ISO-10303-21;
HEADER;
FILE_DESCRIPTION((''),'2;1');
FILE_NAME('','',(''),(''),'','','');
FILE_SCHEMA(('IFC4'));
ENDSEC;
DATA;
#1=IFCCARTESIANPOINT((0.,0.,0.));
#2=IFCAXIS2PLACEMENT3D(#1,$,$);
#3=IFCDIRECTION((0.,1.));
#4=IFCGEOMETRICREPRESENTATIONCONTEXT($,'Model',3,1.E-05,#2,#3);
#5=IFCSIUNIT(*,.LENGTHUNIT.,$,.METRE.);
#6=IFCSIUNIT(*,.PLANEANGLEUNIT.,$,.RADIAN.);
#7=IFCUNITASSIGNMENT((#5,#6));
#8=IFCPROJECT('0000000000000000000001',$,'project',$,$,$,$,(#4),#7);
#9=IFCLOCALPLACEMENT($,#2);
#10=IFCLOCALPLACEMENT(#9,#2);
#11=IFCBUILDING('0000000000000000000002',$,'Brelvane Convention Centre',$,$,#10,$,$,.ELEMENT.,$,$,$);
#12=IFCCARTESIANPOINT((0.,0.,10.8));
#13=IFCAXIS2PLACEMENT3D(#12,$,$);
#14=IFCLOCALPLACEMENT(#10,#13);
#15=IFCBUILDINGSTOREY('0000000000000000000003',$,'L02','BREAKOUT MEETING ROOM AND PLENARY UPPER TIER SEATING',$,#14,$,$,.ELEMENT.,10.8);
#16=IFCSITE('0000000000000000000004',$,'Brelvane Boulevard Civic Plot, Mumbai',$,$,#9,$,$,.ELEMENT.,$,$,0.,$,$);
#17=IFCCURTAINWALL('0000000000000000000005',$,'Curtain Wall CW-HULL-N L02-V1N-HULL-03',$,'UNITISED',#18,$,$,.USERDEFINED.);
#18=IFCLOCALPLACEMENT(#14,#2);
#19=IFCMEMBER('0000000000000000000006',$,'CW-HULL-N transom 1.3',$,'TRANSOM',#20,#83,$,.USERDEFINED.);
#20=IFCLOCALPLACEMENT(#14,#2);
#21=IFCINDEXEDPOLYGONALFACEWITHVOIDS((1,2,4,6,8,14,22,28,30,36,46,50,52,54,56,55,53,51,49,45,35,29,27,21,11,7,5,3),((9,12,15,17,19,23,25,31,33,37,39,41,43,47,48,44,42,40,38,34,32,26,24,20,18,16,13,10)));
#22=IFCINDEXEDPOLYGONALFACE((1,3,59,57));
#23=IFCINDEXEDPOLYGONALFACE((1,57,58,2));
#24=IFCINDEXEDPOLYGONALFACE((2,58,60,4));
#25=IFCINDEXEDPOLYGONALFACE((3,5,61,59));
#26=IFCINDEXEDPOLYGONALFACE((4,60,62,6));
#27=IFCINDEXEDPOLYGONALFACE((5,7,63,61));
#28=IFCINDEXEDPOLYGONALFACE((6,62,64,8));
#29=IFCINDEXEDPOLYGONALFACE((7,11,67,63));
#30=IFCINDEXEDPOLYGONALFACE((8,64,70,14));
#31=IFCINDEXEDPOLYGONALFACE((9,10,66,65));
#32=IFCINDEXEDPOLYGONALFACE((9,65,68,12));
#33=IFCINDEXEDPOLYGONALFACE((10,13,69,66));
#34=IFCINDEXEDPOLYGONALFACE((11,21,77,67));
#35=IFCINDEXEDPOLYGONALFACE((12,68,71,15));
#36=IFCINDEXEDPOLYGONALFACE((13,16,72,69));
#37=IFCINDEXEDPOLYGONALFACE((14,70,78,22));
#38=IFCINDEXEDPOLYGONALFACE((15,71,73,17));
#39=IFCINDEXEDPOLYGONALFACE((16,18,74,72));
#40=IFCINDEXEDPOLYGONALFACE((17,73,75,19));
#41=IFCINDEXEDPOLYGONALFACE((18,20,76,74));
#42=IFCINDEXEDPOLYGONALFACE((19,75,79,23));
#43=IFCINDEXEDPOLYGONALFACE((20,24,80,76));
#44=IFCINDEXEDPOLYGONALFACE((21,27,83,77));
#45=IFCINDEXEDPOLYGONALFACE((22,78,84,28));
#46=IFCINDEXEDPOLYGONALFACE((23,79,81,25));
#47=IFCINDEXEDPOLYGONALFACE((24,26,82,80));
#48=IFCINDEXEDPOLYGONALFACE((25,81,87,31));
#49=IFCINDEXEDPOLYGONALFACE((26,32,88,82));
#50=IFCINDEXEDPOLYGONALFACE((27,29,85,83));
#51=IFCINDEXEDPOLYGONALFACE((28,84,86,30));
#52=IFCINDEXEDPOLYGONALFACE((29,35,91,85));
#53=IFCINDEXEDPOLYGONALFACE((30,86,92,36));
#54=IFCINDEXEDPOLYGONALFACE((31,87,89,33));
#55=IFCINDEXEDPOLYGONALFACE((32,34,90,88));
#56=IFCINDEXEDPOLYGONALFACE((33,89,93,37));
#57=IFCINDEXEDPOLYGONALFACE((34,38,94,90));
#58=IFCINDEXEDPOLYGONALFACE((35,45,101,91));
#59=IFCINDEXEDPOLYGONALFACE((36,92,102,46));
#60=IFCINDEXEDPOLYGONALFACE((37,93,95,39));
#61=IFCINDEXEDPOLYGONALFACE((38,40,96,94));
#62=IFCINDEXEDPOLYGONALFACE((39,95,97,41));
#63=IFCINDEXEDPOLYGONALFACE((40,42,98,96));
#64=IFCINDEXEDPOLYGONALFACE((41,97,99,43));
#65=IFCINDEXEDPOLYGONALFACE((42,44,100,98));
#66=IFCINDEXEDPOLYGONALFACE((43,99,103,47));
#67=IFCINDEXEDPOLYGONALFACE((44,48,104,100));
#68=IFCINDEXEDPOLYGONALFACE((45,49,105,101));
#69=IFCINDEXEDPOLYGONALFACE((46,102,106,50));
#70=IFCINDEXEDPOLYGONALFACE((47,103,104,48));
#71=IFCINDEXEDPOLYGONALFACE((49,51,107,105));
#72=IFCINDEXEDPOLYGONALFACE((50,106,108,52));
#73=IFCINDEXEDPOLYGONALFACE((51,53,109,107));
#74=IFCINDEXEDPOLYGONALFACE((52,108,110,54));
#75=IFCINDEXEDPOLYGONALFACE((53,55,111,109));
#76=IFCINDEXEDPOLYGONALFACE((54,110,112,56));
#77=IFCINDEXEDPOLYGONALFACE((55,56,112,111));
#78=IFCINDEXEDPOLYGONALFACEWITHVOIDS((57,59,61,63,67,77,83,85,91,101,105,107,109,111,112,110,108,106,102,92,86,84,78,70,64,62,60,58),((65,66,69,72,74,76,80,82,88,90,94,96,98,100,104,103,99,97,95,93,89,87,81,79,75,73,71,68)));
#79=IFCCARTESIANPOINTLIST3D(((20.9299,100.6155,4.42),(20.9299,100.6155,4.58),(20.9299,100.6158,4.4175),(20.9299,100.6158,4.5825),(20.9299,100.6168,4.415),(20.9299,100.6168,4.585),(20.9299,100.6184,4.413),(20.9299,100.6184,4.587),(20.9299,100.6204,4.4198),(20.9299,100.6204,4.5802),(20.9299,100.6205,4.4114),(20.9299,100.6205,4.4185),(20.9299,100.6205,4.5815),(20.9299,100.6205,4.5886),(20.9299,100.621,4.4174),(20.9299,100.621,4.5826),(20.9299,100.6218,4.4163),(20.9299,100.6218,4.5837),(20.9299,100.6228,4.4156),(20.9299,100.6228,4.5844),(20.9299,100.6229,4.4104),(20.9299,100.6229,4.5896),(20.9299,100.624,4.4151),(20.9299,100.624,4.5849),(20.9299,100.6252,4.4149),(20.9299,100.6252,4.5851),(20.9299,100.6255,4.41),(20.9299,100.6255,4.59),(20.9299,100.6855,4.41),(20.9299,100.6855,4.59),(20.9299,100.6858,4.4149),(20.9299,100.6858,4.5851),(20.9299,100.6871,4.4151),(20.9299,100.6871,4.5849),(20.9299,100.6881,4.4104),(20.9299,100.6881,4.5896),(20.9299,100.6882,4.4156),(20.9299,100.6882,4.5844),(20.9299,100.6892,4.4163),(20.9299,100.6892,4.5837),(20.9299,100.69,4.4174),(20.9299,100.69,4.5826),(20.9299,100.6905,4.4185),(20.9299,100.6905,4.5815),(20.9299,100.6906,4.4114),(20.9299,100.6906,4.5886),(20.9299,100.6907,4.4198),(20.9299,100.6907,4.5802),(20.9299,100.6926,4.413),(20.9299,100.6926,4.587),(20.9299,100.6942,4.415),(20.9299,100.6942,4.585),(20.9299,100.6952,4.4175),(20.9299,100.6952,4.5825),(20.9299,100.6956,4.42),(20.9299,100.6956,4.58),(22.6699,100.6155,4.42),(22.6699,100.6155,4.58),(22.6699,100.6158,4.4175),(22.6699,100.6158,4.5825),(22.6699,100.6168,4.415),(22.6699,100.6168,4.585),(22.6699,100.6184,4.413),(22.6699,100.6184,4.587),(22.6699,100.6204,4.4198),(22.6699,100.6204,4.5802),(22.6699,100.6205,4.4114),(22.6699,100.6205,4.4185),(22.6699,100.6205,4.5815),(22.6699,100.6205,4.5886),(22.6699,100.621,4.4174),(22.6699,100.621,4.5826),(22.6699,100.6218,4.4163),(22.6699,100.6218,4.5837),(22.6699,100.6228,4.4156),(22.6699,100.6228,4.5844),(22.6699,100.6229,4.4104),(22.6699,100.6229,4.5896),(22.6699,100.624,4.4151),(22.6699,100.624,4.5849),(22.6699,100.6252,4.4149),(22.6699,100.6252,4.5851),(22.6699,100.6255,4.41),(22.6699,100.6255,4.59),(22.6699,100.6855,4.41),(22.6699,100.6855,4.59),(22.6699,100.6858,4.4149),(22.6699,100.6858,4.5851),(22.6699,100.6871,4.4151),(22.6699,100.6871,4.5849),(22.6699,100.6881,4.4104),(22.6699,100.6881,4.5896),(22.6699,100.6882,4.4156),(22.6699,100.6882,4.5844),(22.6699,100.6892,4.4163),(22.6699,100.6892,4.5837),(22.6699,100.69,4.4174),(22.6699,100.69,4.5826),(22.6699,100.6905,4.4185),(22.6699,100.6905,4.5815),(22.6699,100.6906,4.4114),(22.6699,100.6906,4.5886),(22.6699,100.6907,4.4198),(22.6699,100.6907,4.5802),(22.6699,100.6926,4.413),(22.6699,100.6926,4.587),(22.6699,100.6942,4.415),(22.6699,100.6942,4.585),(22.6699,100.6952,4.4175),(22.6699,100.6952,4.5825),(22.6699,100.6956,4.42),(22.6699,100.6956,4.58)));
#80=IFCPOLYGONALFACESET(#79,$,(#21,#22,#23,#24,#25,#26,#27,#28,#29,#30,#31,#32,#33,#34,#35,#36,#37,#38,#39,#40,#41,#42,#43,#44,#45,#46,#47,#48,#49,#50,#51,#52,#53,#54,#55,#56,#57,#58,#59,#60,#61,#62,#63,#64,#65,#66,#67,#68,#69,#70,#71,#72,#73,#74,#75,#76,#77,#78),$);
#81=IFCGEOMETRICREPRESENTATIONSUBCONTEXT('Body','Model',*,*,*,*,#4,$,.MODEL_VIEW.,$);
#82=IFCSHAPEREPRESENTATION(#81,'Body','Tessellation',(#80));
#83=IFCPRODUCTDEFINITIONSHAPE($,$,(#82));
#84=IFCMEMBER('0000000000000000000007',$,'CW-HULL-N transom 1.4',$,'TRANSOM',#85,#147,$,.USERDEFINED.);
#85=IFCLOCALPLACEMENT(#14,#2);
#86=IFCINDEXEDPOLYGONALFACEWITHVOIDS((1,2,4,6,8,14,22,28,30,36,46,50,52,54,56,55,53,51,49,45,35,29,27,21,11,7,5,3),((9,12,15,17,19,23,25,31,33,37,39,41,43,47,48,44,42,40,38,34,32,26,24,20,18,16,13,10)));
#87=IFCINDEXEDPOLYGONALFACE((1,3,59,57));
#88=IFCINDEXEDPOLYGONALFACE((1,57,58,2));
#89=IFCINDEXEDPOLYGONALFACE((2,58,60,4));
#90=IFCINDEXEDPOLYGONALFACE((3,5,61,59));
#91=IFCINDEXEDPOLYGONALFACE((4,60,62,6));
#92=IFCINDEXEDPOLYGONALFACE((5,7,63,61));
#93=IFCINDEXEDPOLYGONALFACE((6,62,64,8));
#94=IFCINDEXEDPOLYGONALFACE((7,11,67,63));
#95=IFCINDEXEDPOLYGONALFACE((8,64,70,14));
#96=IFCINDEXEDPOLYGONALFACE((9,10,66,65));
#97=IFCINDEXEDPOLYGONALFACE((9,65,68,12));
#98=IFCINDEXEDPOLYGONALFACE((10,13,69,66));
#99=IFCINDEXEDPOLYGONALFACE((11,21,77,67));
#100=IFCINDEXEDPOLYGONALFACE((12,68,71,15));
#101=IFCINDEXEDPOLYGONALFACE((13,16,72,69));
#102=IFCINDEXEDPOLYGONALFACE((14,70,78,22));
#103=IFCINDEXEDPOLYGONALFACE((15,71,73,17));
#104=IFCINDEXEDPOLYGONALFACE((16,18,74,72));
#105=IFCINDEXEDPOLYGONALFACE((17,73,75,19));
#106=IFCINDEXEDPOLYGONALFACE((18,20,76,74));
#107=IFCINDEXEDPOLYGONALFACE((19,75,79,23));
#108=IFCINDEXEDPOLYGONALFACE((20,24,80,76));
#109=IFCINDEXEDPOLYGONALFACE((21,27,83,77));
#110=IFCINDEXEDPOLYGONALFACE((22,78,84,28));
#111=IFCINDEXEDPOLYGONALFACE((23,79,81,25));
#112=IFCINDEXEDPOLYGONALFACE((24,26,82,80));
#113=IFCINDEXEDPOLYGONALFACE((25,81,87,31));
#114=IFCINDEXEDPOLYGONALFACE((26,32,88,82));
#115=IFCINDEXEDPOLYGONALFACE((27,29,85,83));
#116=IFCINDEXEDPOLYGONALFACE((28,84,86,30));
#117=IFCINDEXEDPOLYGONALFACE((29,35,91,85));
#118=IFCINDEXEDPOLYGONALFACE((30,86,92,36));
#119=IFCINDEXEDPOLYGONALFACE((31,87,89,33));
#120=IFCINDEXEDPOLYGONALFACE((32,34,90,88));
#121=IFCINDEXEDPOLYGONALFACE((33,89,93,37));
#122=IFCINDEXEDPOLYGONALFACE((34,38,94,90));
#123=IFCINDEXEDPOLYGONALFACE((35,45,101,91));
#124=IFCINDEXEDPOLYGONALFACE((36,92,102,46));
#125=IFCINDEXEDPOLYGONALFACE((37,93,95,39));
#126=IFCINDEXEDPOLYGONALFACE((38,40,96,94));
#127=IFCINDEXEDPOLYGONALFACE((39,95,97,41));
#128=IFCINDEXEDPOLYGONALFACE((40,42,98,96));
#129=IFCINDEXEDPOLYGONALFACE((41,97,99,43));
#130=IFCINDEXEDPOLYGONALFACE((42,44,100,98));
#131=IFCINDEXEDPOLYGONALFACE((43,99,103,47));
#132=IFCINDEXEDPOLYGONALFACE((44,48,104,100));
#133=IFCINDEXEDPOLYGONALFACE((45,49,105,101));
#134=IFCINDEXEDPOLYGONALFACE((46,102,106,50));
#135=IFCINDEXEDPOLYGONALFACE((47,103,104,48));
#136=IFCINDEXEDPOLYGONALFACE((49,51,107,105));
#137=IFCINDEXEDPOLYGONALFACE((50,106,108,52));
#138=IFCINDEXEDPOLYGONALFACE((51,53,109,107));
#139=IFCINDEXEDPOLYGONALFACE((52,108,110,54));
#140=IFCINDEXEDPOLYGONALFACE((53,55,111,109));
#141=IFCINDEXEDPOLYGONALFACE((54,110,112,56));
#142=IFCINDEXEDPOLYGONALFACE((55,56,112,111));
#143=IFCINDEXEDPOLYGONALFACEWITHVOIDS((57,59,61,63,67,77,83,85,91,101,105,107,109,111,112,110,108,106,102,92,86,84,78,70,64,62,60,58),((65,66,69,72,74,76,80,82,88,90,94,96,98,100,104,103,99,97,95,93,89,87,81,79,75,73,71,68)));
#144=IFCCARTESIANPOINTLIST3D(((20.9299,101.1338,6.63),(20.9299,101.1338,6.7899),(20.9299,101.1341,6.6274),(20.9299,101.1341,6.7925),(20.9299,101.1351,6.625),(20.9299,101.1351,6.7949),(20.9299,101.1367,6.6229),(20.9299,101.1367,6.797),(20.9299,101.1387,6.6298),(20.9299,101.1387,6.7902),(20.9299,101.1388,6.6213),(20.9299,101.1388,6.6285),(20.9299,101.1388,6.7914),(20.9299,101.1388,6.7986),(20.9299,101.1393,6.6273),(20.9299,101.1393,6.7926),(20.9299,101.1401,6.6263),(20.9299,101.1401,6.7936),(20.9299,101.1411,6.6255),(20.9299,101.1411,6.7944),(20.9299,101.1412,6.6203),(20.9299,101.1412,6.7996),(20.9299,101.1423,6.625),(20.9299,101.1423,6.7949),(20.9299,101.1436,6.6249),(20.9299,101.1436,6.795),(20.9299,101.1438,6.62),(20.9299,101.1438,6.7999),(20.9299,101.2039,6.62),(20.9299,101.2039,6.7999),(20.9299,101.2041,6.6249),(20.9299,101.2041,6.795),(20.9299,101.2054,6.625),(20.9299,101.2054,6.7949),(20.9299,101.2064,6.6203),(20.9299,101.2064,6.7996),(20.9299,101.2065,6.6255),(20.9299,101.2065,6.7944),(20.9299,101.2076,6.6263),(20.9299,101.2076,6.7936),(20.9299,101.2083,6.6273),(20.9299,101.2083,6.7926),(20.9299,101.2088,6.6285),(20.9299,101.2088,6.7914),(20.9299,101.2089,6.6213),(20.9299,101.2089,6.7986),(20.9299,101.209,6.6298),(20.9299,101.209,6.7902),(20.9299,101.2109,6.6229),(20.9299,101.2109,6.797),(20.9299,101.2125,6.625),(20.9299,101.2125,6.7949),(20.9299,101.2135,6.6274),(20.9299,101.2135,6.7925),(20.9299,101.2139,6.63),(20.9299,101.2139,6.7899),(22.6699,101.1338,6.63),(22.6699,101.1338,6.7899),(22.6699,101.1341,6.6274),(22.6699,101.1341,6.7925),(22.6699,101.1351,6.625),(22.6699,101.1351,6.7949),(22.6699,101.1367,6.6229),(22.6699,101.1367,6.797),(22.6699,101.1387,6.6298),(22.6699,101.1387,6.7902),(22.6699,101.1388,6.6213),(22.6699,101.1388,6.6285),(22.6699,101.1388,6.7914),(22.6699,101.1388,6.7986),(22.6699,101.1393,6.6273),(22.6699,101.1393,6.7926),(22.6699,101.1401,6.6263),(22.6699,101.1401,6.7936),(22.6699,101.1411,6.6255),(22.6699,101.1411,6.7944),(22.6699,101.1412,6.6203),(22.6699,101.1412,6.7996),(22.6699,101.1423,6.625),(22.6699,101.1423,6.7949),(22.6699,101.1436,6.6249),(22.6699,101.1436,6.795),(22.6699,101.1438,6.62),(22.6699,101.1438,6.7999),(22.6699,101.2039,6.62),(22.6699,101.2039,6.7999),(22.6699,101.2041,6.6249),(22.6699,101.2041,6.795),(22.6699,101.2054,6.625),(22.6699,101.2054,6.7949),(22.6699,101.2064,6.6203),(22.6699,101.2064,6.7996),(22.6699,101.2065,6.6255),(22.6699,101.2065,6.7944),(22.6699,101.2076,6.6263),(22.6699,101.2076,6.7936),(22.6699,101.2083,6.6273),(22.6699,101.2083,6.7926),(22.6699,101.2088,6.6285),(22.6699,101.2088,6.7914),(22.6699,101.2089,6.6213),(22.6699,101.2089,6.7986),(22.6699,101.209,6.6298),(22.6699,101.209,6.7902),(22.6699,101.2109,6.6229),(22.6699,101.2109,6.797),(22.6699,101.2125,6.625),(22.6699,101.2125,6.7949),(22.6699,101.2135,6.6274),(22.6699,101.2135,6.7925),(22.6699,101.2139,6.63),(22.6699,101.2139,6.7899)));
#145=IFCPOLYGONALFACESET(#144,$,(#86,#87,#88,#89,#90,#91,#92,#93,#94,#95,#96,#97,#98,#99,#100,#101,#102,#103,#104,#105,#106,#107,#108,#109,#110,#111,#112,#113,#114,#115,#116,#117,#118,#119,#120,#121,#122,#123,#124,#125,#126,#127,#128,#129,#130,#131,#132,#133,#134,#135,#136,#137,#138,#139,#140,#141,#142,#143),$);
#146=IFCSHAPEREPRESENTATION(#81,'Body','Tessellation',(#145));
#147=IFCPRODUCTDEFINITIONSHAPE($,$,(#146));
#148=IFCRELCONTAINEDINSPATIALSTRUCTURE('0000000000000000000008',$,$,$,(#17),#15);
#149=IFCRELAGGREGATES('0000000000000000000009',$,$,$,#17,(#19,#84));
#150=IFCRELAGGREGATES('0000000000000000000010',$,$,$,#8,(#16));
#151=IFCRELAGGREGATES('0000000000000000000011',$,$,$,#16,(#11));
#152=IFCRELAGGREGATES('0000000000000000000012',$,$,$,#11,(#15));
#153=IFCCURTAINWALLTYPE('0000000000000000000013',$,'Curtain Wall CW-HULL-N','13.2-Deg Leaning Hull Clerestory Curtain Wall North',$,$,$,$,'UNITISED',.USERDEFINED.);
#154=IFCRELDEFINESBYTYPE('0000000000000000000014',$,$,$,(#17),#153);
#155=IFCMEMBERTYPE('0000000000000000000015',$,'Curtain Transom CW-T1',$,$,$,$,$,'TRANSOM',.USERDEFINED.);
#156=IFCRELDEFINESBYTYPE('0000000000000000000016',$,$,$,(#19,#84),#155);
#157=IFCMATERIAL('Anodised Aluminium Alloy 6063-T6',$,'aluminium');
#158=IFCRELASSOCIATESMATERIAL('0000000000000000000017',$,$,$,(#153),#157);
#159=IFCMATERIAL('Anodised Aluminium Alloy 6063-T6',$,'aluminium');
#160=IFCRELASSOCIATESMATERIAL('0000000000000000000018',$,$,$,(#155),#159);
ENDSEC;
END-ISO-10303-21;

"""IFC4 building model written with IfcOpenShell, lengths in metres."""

from ifc_helpers import new_model, si_unit, direction, frame, origin, origin_2d, place, context, subcontext, project, spatial, hollow_rectangle, extrude, material, material_profile, profile_set, type_object, element, aggregate, save


model = new_model("IFC4")

# Units and contexts
model_context = context("Model", 3, precision=1e-05, world=origin(), true_north=direction((0.0, 1.0)))
body_context = subcontext(model_context, "Body", "Model", "MODEL_VIEW")
ifc_project = project(units=[si_unit("LENGTHUNIT", "METRE"), si_unit("PLANEANGLEUNIT", "RADIAN")], contexts=[model_context])

# Site, building, storey
site_placement = place(None, origin())
site = spatial("IfcSite", under=ifc_project, at=site_placement, Name="Brelvane Boulevard Civic Plot, Mumbai", CompositionType="ELEMENT", RefElevation=0.0)
building_placement = place(site_placement, origin())
building = spatial("IfcBuilding", under=site, at=building_placement, Name="Brelvane Convention Centre", CompositionType="ELEMENT")
storey_placement = place(building_placement, frame((0.0, 0.0, 10.8)))
storey = spatial("IfcBuildingStorey", under=building, at=storey_placement, Name="L02", Description="BREAKOUT MEETING ROOM AND PLENARY UPPER TIER SEATING", CompositionType="ELEMENT", Elevation=10.8)

# Curtain wall
ifc_material_1 = material(Name="Anodised Aluminium Alloy 6063-T6", Category="aluminium")
curtain_wall_type_1 = type_object("IfcCurtainWallType", Name="Curtain Wall CW-HULL-N", Description="13.2-Deg Leaning Hull Clerestory Curtain Wall North", ElementType="UNITISED", PredefinedType="USERDEFINED", material=ifc_material_1)
curtain_wall_1_placement = place(storey_placement, origin())
curtain_wall_1 = element("IfcCurtainWall", 1, at=curtain_wall_1_placement, inside=storey, type_object=curtain_wall_type_1, Name="Curtain Wall CW-HULL-N L02-V1N-HULL-03", ObjectType="UNITISED", PredefinedType="USERDEFINED")

# Members
ifc_material_2 = material(Name="Anodised Aluminium Alloy 6063-T6", Category="aluminium")
ifc_material_profile_1 = material_profile(ifc_material_2, hollow_rectangle(XDim=0.0801, YDim=0.1799, WallThickness=0.0049, InnerFilletRadius=0.0049, OuterFilletRadius=0.01, at=origin_2d()), Name="ALU-T 180x80x5.0")
ifc_profile_set_1 = profile_set([ifc_material_profile_1], Name="Anodised Aluminium Alloy 6063-T6")
member_type_1 = type_object("IfcMemberType", Name="Curtain Transom CW-T1", ElementType="TRANSOM", PredefinedType="USERDEFINED", material=ifc_profile_set_1)
member_1_placement = place(storey_placement, frame((20.9299, 100.6555, 4.5), z_axis=(1.0, 0.0, 0.0), x_axis=(0.0, 1.0, 0.0)))
member_1 = element("IfcMember", 2, at=member_1_placement, type_object=member_type_1, Name="CW-HULL-N transom 1.3", ObjectType="TRANSOM", PredefinedType="USERDEFINED", context=body_context, shape_type="SweptSolid", body=[
    extrude(hollow_rectangle(XDim=0.0801, YDim=0.1799, WallThickness=0.0049, InnerFilletRadius=0.0049, OuterFilletRadius=0.01, at=origin_2d()), origin(), (0.0, 0.0, 1.0), 1.74),
])
member_2_placement = place(storey_placement, frame((20.9299, 101.1738, 6.71), z_axis=(1.0, 0.0, 0.0), x_axis=(0.0, 1.0, 0.0)))
member_2 = element("IfcMember", 3, at=member_2_placement, type_object=member_type_1, Name="CW-HULL-N transom 1.4", ObjectType="TRANSOM", PredefinedType="USERDEFINED", context=body_context, shape_type="SweptSolid", body=[
    extrude(hollow_rectangle(XDim=0.0801, YDim=0.1799, WallThickness=0.0049, InnerFilletRadius=0.0049, OuterFilletRadius=0.01, at=origin_2d()), origin(), (0.0, 0.0, 1.0), 1.74),
])

aggregate(curtain_wall_1, [member_1, member_2])

save(model, "model.ifc")
